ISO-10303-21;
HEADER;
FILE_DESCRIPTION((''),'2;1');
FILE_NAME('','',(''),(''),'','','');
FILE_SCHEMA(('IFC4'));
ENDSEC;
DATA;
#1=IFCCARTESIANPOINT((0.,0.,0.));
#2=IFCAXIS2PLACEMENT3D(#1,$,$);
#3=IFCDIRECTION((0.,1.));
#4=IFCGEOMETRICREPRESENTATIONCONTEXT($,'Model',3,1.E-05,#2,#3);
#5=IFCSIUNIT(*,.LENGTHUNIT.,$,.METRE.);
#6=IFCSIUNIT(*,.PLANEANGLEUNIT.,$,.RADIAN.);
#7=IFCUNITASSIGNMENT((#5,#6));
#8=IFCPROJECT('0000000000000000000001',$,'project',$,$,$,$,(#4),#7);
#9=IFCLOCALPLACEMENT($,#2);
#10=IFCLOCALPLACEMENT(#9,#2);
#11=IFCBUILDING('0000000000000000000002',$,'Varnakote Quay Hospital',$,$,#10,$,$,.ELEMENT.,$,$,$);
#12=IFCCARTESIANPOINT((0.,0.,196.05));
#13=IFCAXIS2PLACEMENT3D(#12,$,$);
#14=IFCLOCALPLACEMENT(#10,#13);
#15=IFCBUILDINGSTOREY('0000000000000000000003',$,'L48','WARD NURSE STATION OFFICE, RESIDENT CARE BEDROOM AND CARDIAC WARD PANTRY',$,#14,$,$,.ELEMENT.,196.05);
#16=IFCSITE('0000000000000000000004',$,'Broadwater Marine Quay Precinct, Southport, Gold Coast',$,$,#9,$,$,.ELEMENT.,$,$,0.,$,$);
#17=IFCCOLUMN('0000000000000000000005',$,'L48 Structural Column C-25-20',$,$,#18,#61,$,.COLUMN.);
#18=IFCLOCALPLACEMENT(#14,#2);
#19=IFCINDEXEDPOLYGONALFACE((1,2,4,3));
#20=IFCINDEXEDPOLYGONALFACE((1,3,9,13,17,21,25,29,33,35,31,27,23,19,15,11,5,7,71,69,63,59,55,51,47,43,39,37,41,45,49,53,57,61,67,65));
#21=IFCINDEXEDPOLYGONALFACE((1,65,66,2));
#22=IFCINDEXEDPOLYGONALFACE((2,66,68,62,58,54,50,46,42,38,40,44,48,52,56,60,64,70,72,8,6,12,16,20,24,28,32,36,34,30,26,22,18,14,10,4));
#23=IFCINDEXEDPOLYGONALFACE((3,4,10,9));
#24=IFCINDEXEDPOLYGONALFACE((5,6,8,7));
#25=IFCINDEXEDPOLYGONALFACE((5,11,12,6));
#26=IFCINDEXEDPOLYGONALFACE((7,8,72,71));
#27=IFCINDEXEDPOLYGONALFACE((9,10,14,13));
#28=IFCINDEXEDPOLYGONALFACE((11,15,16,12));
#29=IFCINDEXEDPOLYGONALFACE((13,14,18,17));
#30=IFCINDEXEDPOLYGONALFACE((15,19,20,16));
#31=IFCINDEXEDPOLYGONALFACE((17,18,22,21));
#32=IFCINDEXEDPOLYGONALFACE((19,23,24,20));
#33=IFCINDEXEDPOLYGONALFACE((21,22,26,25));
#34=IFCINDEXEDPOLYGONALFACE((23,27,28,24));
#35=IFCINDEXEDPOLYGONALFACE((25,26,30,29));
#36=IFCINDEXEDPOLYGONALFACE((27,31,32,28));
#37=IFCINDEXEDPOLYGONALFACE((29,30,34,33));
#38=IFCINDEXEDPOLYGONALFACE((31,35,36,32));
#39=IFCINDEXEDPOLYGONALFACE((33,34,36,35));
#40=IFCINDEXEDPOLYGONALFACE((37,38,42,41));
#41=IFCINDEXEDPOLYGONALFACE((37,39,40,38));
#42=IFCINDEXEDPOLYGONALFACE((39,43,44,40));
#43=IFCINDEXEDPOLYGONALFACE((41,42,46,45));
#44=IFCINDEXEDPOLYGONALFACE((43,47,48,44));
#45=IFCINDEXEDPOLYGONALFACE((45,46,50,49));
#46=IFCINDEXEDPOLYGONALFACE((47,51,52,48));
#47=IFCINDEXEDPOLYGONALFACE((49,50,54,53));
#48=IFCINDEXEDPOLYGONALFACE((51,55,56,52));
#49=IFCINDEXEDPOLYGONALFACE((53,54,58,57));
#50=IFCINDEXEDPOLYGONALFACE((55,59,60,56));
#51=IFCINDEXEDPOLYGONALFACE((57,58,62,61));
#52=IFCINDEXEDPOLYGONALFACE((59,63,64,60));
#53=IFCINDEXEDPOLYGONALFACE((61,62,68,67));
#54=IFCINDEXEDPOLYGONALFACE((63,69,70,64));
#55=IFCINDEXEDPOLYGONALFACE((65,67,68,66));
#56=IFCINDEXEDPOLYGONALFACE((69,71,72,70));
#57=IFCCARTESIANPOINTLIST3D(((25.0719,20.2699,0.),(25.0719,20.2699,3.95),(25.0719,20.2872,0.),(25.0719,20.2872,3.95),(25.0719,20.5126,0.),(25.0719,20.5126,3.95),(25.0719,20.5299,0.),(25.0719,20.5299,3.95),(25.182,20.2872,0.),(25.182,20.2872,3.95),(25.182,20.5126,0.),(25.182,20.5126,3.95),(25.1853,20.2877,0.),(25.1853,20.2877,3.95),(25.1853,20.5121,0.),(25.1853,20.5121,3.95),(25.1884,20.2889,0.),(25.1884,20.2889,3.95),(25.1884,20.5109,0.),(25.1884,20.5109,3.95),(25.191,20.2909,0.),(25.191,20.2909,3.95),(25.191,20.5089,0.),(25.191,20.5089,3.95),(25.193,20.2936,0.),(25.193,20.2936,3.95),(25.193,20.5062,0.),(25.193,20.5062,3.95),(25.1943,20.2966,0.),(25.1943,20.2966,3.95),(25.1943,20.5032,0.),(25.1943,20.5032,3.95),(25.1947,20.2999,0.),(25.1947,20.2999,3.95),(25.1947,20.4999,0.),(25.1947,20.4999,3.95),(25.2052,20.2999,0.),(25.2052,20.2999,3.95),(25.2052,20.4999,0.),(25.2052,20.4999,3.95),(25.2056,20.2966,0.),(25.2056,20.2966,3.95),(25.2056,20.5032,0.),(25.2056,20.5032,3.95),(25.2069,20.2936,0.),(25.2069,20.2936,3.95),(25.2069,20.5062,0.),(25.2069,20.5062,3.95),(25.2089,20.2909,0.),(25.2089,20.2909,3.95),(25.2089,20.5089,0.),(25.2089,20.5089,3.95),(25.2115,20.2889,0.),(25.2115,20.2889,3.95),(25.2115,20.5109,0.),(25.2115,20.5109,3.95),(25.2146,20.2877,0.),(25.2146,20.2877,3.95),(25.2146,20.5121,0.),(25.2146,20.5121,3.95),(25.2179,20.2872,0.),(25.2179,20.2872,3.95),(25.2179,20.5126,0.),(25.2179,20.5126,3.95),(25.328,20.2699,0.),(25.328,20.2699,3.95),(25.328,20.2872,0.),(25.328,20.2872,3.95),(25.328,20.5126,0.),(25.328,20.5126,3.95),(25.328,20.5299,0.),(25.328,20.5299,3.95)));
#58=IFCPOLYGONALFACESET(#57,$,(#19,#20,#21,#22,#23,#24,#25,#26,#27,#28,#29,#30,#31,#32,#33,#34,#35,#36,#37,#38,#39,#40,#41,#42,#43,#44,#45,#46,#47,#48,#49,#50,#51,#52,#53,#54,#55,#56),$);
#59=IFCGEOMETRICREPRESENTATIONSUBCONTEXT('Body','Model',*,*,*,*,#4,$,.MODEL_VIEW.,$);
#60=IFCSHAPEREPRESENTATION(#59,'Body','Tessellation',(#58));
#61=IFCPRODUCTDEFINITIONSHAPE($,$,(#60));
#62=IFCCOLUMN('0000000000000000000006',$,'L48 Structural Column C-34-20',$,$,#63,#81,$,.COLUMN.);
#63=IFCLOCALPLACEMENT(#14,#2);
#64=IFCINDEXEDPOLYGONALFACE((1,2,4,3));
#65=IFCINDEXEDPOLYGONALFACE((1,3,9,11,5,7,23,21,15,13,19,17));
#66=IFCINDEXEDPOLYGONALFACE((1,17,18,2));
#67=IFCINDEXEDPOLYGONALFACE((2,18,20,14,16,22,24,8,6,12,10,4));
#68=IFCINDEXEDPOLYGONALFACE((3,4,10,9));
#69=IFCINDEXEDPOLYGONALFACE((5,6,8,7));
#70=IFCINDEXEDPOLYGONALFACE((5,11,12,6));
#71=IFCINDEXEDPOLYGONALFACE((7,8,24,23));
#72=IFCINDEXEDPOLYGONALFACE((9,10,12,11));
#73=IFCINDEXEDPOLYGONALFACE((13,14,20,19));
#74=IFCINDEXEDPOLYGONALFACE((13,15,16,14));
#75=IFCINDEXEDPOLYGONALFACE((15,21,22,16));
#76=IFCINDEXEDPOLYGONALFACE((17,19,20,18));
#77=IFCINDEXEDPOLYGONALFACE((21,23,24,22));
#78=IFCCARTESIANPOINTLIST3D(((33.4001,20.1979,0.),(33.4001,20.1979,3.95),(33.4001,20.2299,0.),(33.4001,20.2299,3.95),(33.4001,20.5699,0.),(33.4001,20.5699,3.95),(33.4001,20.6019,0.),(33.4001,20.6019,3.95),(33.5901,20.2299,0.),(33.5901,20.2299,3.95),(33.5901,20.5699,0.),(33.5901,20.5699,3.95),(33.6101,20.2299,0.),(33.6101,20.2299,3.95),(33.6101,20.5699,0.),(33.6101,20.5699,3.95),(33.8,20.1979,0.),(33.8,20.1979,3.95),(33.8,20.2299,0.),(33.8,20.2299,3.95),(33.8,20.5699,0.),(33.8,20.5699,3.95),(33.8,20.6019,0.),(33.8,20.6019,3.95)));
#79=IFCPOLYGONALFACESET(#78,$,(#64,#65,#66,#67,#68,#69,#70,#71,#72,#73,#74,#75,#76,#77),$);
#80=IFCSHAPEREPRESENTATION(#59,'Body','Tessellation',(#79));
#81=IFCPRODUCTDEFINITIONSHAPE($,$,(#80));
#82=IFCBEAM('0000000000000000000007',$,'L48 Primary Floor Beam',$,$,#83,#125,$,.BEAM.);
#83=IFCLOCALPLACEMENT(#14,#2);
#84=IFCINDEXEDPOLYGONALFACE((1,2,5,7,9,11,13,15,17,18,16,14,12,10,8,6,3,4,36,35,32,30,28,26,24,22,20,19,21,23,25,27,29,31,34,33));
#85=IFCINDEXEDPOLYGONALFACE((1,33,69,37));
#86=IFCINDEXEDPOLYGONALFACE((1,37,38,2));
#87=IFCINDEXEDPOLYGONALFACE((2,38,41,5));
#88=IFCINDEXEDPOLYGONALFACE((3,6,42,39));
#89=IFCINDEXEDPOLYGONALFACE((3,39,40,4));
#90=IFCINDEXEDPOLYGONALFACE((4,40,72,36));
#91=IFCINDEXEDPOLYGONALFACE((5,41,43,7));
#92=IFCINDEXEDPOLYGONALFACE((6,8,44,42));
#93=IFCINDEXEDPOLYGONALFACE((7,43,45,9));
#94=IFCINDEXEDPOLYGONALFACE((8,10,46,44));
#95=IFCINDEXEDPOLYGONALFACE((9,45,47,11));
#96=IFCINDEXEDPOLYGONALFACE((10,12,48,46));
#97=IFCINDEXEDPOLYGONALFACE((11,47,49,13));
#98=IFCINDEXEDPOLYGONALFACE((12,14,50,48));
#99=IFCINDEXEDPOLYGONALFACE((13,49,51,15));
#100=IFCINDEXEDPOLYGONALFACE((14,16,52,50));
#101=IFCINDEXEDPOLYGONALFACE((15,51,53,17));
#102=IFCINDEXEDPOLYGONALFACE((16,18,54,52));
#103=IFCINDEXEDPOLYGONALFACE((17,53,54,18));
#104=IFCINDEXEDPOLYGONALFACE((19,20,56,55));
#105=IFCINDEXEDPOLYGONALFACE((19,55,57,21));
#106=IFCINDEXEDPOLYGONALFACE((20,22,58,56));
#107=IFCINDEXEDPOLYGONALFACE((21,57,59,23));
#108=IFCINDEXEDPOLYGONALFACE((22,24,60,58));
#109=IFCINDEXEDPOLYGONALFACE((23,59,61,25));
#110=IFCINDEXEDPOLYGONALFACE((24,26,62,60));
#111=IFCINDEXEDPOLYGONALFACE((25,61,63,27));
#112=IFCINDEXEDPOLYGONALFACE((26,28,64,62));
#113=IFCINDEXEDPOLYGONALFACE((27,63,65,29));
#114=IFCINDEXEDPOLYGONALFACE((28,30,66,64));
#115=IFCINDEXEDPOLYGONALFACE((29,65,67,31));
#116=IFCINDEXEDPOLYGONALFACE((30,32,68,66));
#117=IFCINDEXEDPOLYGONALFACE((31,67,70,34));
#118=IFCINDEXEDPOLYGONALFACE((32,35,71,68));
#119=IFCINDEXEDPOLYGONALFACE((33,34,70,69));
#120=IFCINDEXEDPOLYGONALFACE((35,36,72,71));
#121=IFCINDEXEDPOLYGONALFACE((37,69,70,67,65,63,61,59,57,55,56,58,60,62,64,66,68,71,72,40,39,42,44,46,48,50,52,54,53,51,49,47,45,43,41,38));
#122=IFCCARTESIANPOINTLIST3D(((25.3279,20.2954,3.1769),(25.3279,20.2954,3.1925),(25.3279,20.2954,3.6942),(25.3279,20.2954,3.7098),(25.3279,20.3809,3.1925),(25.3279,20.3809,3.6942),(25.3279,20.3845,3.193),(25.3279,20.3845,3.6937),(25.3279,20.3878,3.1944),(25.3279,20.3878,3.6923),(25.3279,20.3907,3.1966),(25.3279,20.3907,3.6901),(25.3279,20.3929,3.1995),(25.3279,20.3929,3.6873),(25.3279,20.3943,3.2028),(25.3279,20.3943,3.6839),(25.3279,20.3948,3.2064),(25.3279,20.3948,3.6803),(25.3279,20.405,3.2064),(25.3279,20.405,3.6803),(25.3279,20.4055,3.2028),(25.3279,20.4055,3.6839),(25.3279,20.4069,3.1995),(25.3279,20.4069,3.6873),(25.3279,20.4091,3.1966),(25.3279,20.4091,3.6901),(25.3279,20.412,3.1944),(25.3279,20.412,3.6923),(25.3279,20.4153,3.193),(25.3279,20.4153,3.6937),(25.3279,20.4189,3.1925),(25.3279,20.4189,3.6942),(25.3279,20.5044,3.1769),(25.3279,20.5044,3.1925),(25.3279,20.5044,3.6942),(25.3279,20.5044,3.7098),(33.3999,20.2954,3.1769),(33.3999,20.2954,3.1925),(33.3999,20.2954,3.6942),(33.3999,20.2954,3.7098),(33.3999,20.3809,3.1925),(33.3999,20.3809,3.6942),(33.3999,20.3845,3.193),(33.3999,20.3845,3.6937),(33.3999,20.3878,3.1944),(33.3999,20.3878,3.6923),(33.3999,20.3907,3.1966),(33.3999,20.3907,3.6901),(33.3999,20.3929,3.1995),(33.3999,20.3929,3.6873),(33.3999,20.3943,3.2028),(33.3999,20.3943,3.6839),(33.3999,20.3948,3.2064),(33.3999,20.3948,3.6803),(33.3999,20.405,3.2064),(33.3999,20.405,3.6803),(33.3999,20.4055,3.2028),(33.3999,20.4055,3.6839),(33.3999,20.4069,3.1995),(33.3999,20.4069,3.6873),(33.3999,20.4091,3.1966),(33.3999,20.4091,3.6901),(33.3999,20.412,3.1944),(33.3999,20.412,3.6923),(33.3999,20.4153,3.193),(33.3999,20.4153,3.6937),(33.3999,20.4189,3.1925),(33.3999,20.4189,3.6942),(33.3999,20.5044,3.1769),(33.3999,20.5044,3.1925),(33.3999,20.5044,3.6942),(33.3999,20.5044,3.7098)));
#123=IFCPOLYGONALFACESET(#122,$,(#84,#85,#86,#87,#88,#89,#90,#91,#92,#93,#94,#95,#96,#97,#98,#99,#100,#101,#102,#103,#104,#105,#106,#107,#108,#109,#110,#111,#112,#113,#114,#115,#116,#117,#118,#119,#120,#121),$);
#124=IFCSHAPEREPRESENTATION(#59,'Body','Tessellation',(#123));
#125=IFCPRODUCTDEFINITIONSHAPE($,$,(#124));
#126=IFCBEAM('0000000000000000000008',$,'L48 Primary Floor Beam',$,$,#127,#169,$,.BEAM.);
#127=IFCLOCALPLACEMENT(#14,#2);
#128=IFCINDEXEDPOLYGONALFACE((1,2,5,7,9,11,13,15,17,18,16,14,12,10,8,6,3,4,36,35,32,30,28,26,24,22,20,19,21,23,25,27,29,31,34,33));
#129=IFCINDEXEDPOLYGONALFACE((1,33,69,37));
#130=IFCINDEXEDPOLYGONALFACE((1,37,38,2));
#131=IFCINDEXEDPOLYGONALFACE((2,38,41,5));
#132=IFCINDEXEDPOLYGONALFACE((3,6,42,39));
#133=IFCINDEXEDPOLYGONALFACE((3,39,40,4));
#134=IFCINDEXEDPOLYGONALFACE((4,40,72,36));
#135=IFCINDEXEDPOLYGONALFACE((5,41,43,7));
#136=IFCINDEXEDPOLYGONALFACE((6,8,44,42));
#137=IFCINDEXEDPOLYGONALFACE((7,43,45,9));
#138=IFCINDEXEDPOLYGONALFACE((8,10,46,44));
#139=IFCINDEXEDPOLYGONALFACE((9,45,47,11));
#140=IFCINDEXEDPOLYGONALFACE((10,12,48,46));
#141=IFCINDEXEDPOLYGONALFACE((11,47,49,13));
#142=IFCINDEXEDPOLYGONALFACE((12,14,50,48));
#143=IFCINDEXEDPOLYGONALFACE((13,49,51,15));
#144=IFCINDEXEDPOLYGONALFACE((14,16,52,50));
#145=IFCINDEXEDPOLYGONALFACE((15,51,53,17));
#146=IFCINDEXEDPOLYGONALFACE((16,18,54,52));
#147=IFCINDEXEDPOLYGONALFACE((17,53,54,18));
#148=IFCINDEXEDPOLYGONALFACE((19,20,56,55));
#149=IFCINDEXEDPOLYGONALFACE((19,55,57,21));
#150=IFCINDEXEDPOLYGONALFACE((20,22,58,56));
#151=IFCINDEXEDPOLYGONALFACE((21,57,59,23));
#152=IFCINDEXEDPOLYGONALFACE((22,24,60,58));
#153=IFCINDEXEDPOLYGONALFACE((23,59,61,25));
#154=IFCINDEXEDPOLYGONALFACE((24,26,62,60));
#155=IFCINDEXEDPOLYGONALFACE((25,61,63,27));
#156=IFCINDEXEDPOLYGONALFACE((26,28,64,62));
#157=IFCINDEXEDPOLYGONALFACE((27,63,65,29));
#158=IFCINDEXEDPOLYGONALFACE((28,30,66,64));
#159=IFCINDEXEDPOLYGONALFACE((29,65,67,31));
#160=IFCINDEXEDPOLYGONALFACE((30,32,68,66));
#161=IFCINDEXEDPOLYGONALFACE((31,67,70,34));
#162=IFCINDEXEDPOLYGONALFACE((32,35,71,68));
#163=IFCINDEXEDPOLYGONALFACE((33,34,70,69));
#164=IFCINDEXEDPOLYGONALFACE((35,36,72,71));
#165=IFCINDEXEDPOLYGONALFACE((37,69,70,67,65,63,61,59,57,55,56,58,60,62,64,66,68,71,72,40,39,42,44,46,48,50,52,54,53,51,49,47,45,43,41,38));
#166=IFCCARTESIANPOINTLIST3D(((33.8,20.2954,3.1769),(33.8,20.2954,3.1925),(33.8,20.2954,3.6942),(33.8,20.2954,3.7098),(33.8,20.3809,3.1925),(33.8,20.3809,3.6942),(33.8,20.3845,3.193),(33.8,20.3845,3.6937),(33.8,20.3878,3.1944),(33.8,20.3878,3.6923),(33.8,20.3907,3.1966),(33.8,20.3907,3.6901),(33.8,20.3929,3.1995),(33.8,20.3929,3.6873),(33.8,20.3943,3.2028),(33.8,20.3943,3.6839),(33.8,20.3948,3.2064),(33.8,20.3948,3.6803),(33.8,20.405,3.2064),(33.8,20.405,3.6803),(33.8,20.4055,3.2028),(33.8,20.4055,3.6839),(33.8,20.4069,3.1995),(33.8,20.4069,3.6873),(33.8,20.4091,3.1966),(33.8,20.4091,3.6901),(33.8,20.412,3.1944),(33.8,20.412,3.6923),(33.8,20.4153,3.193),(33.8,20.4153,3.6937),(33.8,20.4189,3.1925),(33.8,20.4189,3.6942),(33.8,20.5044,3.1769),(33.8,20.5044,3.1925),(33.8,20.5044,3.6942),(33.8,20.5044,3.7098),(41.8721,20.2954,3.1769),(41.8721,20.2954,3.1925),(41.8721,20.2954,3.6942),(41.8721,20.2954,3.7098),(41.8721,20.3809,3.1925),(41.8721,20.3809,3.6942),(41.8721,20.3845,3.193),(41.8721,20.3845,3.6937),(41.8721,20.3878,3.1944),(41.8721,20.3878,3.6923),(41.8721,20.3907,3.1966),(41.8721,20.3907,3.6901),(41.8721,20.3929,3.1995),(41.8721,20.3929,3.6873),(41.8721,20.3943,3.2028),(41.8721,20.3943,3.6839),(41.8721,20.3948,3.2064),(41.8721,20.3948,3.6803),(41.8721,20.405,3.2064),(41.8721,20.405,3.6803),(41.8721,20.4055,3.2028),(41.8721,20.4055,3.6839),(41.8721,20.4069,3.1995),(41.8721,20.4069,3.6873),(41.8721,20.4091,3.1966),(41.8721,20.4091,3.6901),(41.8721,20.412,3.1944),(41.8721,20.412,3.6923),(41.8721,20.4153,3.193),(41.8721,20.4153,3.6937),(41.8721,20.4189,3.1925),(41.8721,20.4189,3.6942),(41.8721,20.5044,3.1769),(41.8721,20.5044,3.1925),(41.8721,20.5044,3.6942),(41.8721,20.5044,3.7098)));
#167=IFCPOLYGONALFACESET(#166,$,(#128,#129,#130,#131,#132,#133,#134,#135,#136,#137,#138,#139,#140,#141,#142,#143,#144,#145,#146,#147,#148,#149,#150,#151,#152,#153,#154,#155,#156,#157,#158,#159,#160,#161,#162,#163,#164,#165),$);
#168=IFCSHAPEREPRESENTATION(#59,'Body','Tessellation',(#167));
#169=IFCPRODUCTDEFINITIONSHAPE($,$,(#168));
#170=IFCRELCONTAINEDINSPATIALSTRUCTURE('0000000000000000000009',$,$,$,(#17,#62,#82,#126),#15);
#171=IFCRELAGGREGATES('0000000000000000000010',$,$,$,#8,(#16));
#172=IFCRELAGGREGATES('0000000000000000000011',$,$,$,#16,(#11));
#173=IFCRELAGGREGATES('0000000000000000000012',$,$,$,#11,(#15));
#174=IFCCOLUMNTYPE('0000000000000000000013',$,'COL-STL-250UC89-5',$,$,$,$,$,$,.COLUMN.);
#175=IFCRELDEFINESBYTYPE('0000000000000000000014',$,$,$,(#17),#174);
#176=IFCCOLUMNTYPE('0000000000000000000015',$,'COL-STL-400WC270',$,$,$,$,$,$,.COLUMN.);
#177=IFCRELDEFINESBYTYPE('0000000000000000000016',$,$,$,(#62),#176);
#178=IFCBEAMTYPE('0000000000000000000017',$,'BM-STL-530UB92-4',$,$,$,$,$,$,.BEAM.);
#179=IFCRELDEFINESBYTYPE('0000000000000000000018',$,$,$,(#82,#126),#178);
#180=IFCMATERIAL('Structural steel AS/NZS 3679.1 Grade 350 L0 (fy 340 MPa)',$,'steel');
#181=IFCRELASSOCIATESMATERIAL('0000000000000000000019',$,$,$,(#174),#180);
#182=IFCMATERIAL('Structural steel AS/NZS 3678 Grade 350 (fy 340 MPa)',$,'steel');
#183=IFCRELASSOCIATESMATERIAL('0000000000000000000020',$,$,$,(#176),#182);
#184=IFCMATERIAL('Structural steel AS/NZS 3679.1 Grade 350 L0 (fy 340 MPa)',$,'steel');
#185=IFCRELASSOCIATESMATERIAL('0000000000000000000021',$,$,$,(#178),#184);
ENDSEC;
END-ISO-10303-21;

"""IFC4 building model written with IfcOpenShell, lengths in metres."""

from ifc_helpers import new_model, si_unit, direction, frame, origin, origin_2d, place, context, subcontext, project, spatial, i_section, extrude, material, material_profile, profile_set, type_object, element, save


model = new_model("IFC4")

# Units and contexts
model_context = context("Model", 3, precision=1e-05, world=origin(), true_north=direction((0.0, 1.0)))
body_context = subcontext(model_context, "Body", "Model", "MODEL_VIEW")
ifc_project = project(units=[si_unit("LENGTHUNIT", "METRE"), si_unit("PLANEANGLEUNIT", "RADIAN")], contexts=[model_context])

# Site, building, storey
site_placement = place(None, origin())
site = spatial("IfcSite", under=ifc_project, at=site_placement, Name="Broadwater Marine Quay Precinct, Southport, Gold Coast", CompositionType="ELEMENT", RefElevation=0.0)
building_placement = place(site_placement, origin())
building = spatial("IfcBuilding", under=site, at=building_placement, Name="Varnakote Quay Hospital", CompositionType="ELEMENT")
storey_placement = place(building_placement, frame((0.0, 0.0, 196.05)))
storey = spatial("IfcBuildingStorey", under=building, at=storey_placement, Name="L48", Description="WARD NURSE STATION OFFICE, RESIDENT CARE BEDROOM AND CARDIAC WARD PANTRY", CompositionType="ELEMENT", Elevation=196.05)

# Columns
ifc_material_1 = material(Name="Structural steel AS/NZS 3679.1 Grade 350 L0 (fy 340 MPa)", Category="steel")
ifc_material_profile_1 = material_profile(ifc_material_1, i_section(OverallWidth=0.2561, OverallDepth=0.26, WebThickness=0.0105, FlangeThickness=0.0173, FilletRadius=0.0127, at=origin_2d()), Name="250UC89.5")
ifc_profile_set_1 = profile_set([ifc_material_profile_1], Name="Structural steel AS/NZS 3679.1 Grade 350 L0 (fy 340 MPa)")
column_type_1 = type_object("IfcColumnType", Name="COL-STL-250UC89-5", PredefinedType="COLUMN", material=ifc_profile_set_1)
column_1_placement = place(storey_placement, frame((25.2, 20.3999, 0.0), z_axis=(0.0, 0.0, 1.0), x_axis=(1.0, 0.0, 0.0)))
element("IfcColumn", 1, at=column_1_placement, inside=storey, type_object=column_type_1, Name="L48 Structural Column C-25-20", PredefinedType="COLUMN", context=body_context, shape_type="SweptSolid", body=[
    extrude(i_section(OverallWidth=0.2561, OverallDepth=0.26, WebThickness=0.0105, FlangeThickness=0.0173, FilletRadius=0.0127, at=origin_2d()), origin(), (0.0, 0.0, 1.0), 3.95),
])
ifc_material_2 = material(Name="Structural steel AS/NZS 3678 Grade 350 (fy 340 MPa)", Category="steel")
ifc_material_profile_2 = material_profile(ifc_material_2, i_section(OverallWidth=0.3999, OverallDepth=0.4041, WebThickness=0.02, FlangeThickness=0.032, at=origin_2d()), Name="400WC270")
ifc_profile_set_2 = profile_set([ifc_material_profile_2], Name="Structural steel AS/NZS 3678 Grade 350 (fy 340 MPa)")
column_type_2 = type_object("IfcColumnType", Name="COL-STL-400WC270", PredefinedType="COLUMN", material=ifc_profile_set_2)
column_2_placement = place(storey_placement, frame((33.6001, 20.3999, 0.0), z_axis=(0.0, 0.0, 1.0), x_axis=(1.0, 0.0, 0.0)))
element("IfcColumn", 2, at=column_2_placement, inside=storey, type_object=column_type_2, Name="L48 Structural Column C-34-20", PredefinedType="COLUMN", context=body_context, shape_type="SweptSolid", body=[
    extrude(i_section(OverallWidth=0.3999, OverallDepth=0.4041, WebThickness=0.02, FlangeThickness=0.032, at=origin_2d()), origin(), (0.0, 0.0, 1.0), 3.95),
])

# Beams
ifc_material_3 = material(Name="Structural steel AS/NZS 3679.1 Grade 350 L0 (fy 340 MPa)", Category="steel")
ifc_material_profile_3 = material_profile(ifc_material_3, i_section(OverallWidth=0.209, OverallDepth=0.533, WebThickness=0.0103, FlangeThickness=0.0156, FilletRadius=0.0139, at=origin_2d()), Name="530UB92.4")
ifc_profile_set_3 = profile_set([ifc_material_profile_3], Name="Structural steel AS/NZS 3679.1 Grade 350 L0 (fy 340 MPa)")
beam_type_1 = type_object("IfcBeamType", Name="BM-STL-530UB92-4", PredefinedType="BEAM", material=ifc_profile_set_3)
for number, where, z_axis, x_axis, name in (
    (3, (25.3279, 20.3999, 3.4434), (1.0, 0.0, 0.0), (0.0, 1.0, 0.0), "L48 Primary Floor Beam"),
    (4, (33.8, 20.3999, 3.4434), (1.0, 0.0, 0.0), (0.0, 1.0, 0.0), "L48 Primary Floor Beam"),
):
    element("IfcBeam", number, at=place(storey_placement, frame(where, z_axis=z_axis, x_axis=x_axis)), inside=storey, type_object=beam_type_1, Name=name, PredefinedType="BEAM", context=body_context, shape_type="SweptSolid", body=[
        extrude(i_section(OverallWidth=0.209, OverallDepth=0.533, WebThickness=0.0103, FlangeThickness=0.0156, FilletRadius=0.0139, at=origin_2d()), origin(), (0.0, 0.0, 1.0), 8.072),
    ])

save(model, "model.ifc")
